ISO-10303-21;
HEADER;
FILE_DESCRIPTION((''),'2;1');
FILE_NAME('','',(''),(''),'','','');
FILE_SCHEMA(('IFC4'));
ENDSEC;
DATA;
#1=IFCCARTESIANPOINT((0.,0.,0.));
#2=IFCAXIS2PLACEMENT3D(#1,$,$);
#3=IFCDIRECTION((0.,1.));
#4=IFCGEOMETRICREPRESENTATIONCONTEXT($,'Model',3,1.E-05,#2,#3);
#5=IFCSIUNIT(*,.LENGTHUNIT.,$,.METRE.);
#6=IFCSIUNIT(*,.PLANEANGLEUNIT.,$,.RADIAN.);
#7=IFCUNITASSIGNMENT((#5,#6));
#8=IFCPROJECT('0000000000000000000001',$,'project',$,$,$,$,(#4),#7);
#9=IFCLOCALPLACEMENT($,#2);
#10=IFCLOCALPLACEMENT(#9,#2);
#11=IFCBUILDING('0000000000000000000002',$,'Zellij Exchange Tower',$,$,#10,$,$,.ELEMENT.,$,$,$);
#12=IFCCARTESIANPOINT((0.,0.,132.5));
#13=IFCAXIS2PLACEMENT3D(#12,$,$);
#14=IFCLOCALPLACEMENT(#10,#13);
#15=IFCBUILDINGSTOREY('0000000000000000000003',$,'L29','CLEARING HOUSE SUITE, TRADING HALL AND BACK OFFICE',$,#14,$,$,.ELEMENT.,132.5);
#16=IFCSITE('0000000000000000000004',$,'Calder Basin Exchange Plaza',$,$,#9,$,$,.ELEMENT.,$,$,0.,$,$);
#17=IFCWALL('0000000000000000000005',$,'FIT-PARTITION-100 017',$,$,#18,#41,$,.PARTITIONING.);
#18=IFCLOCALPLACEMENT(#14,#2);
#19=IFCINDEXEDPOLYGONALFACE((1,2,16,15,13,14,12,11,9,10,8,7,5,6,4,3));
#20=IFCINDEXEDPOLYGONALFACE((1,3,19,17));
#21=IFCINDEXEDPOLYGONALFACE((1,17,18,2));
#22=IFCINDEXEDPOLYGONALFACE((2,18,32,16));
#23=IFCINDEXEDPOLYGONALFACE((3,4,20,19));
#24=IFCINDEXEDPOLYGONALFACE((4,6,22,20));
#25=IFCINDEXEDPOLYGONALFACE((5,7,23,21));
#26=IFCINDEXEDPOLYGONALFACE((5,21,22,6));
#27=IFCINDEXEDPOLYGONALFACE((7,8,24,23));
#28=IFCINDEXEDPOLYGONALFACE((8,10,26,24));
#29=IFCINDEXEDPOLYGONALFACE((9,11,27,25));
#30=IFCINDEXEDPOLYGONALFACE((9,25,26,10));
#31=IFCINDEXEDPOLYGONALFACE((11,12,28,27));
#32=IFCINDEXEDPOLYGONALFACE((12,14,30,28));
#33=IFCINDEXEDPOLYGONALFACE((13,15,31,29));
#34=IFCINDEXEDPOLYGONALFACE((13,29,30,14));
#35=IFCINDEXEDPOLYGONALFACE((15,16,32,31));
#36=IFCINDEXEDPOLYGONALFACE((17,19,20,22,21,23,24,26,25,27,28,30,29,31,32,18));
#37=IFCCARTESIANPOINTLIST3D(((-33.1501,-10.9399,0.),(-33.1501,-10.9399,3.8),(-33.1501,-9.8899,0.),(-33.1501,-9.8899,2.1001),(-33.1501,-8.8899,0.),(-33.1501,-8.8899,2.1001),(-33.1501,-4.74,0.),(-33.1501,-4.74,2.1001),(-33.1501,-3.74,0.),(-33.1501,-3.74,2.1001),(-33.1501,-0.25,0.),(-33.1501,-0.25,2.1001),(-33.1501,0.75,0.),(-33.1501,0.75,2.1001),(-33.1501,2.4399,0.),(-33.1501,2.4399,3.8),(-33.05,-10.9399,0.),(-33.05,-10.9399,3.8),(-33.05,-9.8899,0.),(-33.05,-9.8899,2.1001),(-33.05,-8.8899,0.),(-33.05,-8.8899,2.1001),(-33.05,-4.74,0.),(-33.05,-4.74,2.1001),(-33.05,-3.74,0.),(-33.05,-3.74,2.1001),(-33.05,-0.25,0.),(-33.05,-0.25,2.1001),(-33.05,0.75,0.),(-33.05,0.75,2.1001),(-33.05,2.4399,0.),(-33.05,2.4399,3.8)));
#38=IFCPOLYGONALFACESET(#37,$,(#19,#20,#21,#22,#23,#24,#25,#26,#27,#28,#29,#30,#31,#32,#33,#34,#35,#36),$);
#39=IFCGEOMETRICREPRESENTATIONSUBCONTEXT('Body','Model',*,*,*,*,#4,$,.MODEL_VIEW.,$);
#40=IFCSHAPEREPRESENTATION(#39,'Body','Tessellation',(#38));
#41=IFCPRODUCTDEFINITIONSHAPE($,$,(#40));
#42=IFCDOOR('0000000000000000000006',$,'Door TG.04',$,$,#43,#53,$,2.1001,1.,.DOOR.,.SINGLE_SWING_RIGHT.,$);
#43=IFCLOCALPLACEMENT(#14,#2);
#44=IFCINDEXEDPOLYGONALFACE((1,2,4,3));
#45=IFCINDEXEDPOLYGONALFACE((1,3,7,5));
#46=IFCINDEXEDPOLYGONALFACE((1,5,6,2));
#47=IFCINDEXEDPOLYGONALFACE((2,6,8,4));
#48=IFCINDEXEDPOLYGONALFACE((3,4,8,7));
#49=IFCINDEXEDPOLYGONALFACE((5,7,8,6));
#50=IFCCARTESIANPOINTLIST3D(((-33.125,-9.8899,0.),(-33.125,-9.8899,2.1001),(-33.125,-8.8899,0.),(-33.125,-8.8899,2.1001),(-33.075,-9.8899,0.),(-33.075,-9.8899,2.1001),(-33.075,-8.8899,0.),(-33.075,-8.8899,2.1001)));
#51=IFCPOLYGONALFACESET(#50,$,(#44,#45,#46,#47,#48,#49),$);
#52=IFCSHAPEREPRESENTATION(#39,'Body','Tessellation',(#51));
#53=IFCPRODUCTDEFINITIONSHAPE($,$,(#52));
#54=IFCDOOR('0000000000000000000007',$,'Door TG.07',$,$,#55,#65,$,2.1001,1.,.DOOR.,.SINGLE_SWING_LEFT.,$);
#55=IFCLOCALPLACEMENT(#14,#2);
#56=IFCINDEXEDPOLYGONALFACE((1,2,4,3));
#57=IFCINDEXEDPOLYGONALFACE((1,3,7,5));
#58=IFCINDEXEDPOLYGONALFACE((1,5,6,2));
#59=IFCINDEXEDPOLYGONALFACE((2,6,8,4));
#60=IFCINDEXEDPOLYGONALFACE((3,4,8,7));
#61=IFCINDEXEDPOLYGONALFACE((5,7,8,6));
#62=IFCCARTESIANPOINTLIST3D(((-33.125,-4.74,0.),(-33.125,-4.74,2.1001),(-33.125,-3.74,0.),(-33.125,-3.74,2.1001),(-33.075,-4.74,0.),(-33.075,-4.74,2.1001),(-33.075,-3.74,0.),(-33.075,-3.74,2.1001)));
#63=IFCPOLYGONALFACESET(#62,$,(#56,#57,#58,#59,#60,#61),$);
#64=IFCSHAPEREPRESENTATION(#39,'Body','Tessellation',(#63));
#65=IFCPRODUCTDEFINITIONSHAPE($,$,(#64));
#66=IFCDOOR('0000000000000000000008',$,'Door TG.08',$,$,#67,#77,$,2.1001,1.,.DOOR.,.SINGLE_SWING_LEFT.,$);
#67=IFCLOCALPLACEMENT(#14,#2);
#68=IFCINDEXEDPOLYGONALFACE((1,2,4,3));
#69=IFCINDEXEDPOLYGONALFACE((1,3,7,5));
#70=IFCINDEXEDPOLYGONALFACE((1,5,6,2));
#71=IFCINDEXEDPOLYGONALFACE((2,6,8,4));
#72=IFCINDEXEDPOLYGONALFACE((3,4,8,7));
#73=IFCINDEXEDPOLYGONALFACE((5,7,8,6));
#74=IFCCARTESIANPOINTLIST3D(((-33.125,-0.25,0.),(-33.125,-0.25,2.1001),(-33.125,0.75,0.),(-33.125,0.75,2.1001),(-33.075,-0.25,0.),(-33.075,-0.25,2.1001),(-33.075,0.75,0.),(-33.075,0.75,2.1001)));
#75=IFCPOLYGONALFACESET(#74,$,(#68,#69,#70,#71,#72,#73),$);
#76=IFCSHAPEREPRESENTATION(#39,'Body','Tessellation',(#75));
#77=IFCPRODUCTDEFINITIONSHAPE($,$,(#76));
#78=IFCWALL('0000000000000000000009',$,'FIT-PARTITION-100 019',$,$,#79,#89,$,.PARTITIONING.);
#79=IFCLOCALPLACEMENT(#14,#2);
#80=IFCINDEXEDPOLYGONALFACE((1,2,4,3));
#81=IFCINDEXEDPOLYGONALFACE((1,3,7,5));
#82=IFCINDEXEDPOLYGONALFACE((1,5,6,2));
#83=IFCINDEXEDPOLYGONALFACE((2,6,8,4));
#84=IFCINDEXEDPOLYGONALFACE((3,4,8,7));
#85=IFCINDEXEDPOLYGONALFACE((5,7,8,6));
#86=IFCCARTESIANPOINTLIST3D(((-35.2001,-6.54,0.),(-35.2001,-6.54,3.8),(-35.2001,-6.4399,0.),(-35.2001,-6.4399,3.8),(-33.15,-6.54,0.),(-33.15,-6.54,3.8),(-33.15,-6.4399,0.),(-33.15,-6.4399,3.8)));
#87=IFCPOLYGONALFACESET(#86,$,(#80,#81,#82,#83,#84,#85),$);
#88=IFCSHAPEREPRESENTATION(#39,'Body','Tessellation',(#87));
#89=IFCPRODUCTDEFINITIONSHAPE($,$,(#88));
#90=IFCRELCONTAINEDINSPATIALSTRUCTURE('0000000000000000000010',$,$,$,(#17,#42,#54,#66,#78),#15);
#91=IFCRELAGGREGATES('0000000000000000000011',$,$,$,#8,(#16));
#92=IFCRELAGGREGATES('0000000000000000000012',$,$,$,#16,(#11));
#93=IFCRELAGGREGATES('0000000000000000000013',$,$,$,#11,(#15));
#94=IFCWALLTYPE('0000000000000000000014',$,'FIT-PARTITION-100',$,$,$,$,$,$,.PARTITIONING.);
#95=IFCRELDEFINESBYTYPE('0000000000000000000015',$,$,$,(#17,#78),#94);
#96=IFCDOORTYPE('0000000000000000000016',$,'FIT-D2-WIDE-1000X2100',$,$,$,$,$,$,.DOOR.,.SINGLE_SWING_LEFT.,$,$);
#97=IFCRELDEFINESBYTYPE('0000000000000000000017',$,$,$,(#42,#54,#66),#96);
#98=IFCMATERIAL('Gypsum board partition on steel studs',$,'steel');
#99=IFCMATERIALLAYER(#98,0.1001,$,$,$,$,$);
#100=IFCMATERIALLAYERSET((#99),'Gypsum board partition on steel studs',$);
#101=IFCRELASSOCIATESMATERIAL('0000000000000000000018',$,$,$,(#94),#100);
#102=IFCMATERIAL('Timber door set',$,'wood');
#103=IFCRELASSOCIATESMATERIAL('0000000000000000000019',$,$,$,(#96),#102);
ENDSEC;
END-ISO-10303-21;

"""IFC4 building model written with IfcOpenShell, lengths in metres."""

from ifc_helpers import new_model, si_unit, direction, frame, frame_2d, origin, place, context, subcontext, project, spatial, rectangle, extrude, material, layer, layer_set, type_object, element, fill, save


model = new_model("IFC4")

# Units and contexts
model_context = context("Model", 3, precision=1e-05, world=origin(), true_north=direction((0.0, 1.0)))
body_context = subcontext(model_context, "Body", "Model", "MODEL_VIEW")
ifc_project = project(units=[si_unit("LENGTHUNIT", "METRE"), si_unit("PLANEANGLEUNIT", "RADIAN")], contexts=[model_context])

# Site, building, storey
site_placement = place(None, origin())
site = spatial("IfcSite", under=ifc_project, at=site_placement, Name="Calder Basin Exchange Plaza", CompositionType="ELEMENT", RefElevation=0.0)
building_placement = place(site_placement, origin())
building = spatial("IfcBuilding", under=site, at=building_placement, Name="Zellij Exchange Tower", CompositionType="ELEMENT")
storey_placement = place(building_placement, frame((0.0, 0.0, 132.5)))
storey = spatial("IfcBuildingStorey", under=building, at=storey_placement, Name="L29", Description="CLEARING HOUSE SUITE, TRADING HALL AND BACK OFFICE", CompositionType="ELEMENT", Elevation=132.5)

# Shared definitions
ifc_material_1 = material(Name="Gypsum board partition on steel studs", Category="steel")
ifc_layer = layer(ifc_material_1, 0.1001)
ifc_layer_set = layer_set([ifc_layer], Name="Gypsum board partition on steel studs")
wall_type = type_object("IfcWallType", Name="FIT-PARTITION-100", PredefinedType="PARTITIONING", material=ifc_layer_set)

# Wall, openings, doors
wall_1_placement = place(storey_placement, frame((-33.1001, -10.9399, 0.0), z_axis=(0.0, 0.0, 1.0), x_axis=(0.0, 1.0, 0.0)))
wall_1 = element("IfcWall", 1, at=wall_1_placement, inside=storey, type_object=wall_type, Name="FIT-PARTITION-100 017", PredefinedType="PARTITIONING", context=body_context, shape_type="SweptSolid", body=[
    extrude(rectangle(XDim=13.3799, YDim=0.1001, at=frame_2d((6.6899, 0.0))), origin(), (0.0, 0.0, 1.0), 3.8),
])
opening_1_placement = place(wall_1_placement, frame((1.05, 0.0, 0.0)))
opening_1 = element("IfcOpeningElement", 2, at=opening_1_placement, cuts=wall_1, PredefinedType="OPENING", context=body_context, shape_type="SweptSolid", body=[
    extrude(rectangle(XDim=1.0, YDim=2.1001, at=frame_2d((0.5, 1.05))), frame((0.0, 0.062, 0.0), z_axis=(0.0, -1.0, 0.0), x_axis=(1.0, 0.0, 0.0)), (0.0, 0.0, 1.0), 0.124),
])
opening_2_placement = place(wall_1_placement, frame((6.2, 0.0, 0.0)))
opening_2 = element("IfcOpeningElement", 3, at=opening_2_placement, cuts=wall_1, PredefinedType="OPENING", context=body_context, shape_type="SweptSolid", body=[
    extrude(rectangle(XDim=1.0, YDim=2.1001, at=frame_2d((0.5, 1.05))), frame((0.0, 0.062, 0.0), z_axis=(0.0, -1.0, 0.0), x_axis=(1.0, 0.0, 0.0)), (0.0, 0.0, 1.0), 0.124),
])
opening_3_placement = place(wall_1_placement, frame((10.6899, 0.0, 0.0)))
opening_3 = element("IfcOpeningElement", 4, at=opening_3_placement, cuts=wall_1, PredefinedType="OPENING", context=body_context, shape_type="SweptSolid", body=[
    extrude(rectangle(XDim=1.0, YDim=2.1001, at=frame_2d((0.5, 1.05))), frame((0.0, 0.062, 0.0), z_axis=(0.0, -1.0, 0.0), x_axis=(1.0, 0.0, 0.0)), (0.0, 0.0, 1.0), 0.124),
])
ifc_material_2 = material(Name="Timber door set", Category="wood")
door_type = type_object("IfcDoorType", Name="FIT-D2-WIDE-1000X2100", OperationType="SINGLE_SWING_LEFT", PredefinedType="DOOR", material=ifc_material_2)
door_1_placement = place(opening_1_placement, origin())
door_1 = element("IfcDoor", 5, at=door_1_placement, inside=storey, type_object=door_type, Name="Door TG.04", OperationType="SINGLE_SWING_RIGHT", OverallHeight=2.1001, OverallWidth=1.0, PredefinedType="DOOR", context=body_context, shape_type="SweptSolid", body=[
    extrude(rectangle(XDim=1.0, YDim=2.1001, at=frame_2d((0.5, 1.05))), frame((0.0, 0.0249, 0.0), z_axis=(0.0, -1.0, 0.0), x_axis=(1.0, 0.0, 0.0)), (0.0, 0.0, 1.0), 0.05),
])
fill(opening_1, door_1)
door_2_placement = place(opening_2_placement, origin())
door_2 = element("IfcDoor", 6, at=door_2_placement, inside=storey, type_object=door_type, Name="Door TG.07", OperationType="SINGLE_SWING_LEFT", OverallHeight=2.1001, OverallWidth=1.0, PredefinedType="DOOR", context=body_context, shape_type="SweptSolid", body=[
    extrude(rectangle(XDim=1.0, YDim=2.1001, at=frame_2d((0.5, 1.05))), frame((0.0, 0.0249, 0.0), z_axis=(0.0, -1.0, 0.0), x_axis=(1.0, 0.0, 0.0)), (0.0, 0.0, 1.0), 0.05),
])
fill(opening_2, door_2)
door_3_placement = place(opening_3_placement, origin())
door_3 = element("IfcDoor", 7, at=door_3_placement, inside=storey, type_object=door_type, Name="Door TG.08", OperationType="SINGLE_SWING_LEFT", OverallHeight=2.1001, OverallWidth=1.0, PredefinedType="DOOR", context=body_context, shape_type="SweptSolid", body=[
    extrude(rectangle(XDim=1.0, YDim=2.1001, at=frame_2d((0.5, 1.05))), frame((0.0, 0.0249, 0.0), z_axis=(0.0, -1.0, 0.0), x_axis=(1.0, 0.0, 0.0)), (0.0, 0.0, 1.0), 0.05),
])
fill(opening_3, door_3)

# Wall
wall_2_placement = place(storey_placement, frame((-35.2, -6.49, 0.0), z_axis=(0.0, 0.0, 1.0), x_axis=(1.0, 0.0, 0.0)))
element("IfcWall", 8, at=wall_2_placement, inside=storey, type_object=wall_type, Name="FIT-PARTITION-100 019", PredefinedType="PARTITIONING", context=body_context, shape_type="SweptSolid", body=[
    extrude(rectangle(XDim=2.05, YDim=0.1001, at=frame_2d((1.0249, 0.0))), origin(), (0.0, 0.0, 1.0), 3.8),
])

save(model, "model.ifc")
